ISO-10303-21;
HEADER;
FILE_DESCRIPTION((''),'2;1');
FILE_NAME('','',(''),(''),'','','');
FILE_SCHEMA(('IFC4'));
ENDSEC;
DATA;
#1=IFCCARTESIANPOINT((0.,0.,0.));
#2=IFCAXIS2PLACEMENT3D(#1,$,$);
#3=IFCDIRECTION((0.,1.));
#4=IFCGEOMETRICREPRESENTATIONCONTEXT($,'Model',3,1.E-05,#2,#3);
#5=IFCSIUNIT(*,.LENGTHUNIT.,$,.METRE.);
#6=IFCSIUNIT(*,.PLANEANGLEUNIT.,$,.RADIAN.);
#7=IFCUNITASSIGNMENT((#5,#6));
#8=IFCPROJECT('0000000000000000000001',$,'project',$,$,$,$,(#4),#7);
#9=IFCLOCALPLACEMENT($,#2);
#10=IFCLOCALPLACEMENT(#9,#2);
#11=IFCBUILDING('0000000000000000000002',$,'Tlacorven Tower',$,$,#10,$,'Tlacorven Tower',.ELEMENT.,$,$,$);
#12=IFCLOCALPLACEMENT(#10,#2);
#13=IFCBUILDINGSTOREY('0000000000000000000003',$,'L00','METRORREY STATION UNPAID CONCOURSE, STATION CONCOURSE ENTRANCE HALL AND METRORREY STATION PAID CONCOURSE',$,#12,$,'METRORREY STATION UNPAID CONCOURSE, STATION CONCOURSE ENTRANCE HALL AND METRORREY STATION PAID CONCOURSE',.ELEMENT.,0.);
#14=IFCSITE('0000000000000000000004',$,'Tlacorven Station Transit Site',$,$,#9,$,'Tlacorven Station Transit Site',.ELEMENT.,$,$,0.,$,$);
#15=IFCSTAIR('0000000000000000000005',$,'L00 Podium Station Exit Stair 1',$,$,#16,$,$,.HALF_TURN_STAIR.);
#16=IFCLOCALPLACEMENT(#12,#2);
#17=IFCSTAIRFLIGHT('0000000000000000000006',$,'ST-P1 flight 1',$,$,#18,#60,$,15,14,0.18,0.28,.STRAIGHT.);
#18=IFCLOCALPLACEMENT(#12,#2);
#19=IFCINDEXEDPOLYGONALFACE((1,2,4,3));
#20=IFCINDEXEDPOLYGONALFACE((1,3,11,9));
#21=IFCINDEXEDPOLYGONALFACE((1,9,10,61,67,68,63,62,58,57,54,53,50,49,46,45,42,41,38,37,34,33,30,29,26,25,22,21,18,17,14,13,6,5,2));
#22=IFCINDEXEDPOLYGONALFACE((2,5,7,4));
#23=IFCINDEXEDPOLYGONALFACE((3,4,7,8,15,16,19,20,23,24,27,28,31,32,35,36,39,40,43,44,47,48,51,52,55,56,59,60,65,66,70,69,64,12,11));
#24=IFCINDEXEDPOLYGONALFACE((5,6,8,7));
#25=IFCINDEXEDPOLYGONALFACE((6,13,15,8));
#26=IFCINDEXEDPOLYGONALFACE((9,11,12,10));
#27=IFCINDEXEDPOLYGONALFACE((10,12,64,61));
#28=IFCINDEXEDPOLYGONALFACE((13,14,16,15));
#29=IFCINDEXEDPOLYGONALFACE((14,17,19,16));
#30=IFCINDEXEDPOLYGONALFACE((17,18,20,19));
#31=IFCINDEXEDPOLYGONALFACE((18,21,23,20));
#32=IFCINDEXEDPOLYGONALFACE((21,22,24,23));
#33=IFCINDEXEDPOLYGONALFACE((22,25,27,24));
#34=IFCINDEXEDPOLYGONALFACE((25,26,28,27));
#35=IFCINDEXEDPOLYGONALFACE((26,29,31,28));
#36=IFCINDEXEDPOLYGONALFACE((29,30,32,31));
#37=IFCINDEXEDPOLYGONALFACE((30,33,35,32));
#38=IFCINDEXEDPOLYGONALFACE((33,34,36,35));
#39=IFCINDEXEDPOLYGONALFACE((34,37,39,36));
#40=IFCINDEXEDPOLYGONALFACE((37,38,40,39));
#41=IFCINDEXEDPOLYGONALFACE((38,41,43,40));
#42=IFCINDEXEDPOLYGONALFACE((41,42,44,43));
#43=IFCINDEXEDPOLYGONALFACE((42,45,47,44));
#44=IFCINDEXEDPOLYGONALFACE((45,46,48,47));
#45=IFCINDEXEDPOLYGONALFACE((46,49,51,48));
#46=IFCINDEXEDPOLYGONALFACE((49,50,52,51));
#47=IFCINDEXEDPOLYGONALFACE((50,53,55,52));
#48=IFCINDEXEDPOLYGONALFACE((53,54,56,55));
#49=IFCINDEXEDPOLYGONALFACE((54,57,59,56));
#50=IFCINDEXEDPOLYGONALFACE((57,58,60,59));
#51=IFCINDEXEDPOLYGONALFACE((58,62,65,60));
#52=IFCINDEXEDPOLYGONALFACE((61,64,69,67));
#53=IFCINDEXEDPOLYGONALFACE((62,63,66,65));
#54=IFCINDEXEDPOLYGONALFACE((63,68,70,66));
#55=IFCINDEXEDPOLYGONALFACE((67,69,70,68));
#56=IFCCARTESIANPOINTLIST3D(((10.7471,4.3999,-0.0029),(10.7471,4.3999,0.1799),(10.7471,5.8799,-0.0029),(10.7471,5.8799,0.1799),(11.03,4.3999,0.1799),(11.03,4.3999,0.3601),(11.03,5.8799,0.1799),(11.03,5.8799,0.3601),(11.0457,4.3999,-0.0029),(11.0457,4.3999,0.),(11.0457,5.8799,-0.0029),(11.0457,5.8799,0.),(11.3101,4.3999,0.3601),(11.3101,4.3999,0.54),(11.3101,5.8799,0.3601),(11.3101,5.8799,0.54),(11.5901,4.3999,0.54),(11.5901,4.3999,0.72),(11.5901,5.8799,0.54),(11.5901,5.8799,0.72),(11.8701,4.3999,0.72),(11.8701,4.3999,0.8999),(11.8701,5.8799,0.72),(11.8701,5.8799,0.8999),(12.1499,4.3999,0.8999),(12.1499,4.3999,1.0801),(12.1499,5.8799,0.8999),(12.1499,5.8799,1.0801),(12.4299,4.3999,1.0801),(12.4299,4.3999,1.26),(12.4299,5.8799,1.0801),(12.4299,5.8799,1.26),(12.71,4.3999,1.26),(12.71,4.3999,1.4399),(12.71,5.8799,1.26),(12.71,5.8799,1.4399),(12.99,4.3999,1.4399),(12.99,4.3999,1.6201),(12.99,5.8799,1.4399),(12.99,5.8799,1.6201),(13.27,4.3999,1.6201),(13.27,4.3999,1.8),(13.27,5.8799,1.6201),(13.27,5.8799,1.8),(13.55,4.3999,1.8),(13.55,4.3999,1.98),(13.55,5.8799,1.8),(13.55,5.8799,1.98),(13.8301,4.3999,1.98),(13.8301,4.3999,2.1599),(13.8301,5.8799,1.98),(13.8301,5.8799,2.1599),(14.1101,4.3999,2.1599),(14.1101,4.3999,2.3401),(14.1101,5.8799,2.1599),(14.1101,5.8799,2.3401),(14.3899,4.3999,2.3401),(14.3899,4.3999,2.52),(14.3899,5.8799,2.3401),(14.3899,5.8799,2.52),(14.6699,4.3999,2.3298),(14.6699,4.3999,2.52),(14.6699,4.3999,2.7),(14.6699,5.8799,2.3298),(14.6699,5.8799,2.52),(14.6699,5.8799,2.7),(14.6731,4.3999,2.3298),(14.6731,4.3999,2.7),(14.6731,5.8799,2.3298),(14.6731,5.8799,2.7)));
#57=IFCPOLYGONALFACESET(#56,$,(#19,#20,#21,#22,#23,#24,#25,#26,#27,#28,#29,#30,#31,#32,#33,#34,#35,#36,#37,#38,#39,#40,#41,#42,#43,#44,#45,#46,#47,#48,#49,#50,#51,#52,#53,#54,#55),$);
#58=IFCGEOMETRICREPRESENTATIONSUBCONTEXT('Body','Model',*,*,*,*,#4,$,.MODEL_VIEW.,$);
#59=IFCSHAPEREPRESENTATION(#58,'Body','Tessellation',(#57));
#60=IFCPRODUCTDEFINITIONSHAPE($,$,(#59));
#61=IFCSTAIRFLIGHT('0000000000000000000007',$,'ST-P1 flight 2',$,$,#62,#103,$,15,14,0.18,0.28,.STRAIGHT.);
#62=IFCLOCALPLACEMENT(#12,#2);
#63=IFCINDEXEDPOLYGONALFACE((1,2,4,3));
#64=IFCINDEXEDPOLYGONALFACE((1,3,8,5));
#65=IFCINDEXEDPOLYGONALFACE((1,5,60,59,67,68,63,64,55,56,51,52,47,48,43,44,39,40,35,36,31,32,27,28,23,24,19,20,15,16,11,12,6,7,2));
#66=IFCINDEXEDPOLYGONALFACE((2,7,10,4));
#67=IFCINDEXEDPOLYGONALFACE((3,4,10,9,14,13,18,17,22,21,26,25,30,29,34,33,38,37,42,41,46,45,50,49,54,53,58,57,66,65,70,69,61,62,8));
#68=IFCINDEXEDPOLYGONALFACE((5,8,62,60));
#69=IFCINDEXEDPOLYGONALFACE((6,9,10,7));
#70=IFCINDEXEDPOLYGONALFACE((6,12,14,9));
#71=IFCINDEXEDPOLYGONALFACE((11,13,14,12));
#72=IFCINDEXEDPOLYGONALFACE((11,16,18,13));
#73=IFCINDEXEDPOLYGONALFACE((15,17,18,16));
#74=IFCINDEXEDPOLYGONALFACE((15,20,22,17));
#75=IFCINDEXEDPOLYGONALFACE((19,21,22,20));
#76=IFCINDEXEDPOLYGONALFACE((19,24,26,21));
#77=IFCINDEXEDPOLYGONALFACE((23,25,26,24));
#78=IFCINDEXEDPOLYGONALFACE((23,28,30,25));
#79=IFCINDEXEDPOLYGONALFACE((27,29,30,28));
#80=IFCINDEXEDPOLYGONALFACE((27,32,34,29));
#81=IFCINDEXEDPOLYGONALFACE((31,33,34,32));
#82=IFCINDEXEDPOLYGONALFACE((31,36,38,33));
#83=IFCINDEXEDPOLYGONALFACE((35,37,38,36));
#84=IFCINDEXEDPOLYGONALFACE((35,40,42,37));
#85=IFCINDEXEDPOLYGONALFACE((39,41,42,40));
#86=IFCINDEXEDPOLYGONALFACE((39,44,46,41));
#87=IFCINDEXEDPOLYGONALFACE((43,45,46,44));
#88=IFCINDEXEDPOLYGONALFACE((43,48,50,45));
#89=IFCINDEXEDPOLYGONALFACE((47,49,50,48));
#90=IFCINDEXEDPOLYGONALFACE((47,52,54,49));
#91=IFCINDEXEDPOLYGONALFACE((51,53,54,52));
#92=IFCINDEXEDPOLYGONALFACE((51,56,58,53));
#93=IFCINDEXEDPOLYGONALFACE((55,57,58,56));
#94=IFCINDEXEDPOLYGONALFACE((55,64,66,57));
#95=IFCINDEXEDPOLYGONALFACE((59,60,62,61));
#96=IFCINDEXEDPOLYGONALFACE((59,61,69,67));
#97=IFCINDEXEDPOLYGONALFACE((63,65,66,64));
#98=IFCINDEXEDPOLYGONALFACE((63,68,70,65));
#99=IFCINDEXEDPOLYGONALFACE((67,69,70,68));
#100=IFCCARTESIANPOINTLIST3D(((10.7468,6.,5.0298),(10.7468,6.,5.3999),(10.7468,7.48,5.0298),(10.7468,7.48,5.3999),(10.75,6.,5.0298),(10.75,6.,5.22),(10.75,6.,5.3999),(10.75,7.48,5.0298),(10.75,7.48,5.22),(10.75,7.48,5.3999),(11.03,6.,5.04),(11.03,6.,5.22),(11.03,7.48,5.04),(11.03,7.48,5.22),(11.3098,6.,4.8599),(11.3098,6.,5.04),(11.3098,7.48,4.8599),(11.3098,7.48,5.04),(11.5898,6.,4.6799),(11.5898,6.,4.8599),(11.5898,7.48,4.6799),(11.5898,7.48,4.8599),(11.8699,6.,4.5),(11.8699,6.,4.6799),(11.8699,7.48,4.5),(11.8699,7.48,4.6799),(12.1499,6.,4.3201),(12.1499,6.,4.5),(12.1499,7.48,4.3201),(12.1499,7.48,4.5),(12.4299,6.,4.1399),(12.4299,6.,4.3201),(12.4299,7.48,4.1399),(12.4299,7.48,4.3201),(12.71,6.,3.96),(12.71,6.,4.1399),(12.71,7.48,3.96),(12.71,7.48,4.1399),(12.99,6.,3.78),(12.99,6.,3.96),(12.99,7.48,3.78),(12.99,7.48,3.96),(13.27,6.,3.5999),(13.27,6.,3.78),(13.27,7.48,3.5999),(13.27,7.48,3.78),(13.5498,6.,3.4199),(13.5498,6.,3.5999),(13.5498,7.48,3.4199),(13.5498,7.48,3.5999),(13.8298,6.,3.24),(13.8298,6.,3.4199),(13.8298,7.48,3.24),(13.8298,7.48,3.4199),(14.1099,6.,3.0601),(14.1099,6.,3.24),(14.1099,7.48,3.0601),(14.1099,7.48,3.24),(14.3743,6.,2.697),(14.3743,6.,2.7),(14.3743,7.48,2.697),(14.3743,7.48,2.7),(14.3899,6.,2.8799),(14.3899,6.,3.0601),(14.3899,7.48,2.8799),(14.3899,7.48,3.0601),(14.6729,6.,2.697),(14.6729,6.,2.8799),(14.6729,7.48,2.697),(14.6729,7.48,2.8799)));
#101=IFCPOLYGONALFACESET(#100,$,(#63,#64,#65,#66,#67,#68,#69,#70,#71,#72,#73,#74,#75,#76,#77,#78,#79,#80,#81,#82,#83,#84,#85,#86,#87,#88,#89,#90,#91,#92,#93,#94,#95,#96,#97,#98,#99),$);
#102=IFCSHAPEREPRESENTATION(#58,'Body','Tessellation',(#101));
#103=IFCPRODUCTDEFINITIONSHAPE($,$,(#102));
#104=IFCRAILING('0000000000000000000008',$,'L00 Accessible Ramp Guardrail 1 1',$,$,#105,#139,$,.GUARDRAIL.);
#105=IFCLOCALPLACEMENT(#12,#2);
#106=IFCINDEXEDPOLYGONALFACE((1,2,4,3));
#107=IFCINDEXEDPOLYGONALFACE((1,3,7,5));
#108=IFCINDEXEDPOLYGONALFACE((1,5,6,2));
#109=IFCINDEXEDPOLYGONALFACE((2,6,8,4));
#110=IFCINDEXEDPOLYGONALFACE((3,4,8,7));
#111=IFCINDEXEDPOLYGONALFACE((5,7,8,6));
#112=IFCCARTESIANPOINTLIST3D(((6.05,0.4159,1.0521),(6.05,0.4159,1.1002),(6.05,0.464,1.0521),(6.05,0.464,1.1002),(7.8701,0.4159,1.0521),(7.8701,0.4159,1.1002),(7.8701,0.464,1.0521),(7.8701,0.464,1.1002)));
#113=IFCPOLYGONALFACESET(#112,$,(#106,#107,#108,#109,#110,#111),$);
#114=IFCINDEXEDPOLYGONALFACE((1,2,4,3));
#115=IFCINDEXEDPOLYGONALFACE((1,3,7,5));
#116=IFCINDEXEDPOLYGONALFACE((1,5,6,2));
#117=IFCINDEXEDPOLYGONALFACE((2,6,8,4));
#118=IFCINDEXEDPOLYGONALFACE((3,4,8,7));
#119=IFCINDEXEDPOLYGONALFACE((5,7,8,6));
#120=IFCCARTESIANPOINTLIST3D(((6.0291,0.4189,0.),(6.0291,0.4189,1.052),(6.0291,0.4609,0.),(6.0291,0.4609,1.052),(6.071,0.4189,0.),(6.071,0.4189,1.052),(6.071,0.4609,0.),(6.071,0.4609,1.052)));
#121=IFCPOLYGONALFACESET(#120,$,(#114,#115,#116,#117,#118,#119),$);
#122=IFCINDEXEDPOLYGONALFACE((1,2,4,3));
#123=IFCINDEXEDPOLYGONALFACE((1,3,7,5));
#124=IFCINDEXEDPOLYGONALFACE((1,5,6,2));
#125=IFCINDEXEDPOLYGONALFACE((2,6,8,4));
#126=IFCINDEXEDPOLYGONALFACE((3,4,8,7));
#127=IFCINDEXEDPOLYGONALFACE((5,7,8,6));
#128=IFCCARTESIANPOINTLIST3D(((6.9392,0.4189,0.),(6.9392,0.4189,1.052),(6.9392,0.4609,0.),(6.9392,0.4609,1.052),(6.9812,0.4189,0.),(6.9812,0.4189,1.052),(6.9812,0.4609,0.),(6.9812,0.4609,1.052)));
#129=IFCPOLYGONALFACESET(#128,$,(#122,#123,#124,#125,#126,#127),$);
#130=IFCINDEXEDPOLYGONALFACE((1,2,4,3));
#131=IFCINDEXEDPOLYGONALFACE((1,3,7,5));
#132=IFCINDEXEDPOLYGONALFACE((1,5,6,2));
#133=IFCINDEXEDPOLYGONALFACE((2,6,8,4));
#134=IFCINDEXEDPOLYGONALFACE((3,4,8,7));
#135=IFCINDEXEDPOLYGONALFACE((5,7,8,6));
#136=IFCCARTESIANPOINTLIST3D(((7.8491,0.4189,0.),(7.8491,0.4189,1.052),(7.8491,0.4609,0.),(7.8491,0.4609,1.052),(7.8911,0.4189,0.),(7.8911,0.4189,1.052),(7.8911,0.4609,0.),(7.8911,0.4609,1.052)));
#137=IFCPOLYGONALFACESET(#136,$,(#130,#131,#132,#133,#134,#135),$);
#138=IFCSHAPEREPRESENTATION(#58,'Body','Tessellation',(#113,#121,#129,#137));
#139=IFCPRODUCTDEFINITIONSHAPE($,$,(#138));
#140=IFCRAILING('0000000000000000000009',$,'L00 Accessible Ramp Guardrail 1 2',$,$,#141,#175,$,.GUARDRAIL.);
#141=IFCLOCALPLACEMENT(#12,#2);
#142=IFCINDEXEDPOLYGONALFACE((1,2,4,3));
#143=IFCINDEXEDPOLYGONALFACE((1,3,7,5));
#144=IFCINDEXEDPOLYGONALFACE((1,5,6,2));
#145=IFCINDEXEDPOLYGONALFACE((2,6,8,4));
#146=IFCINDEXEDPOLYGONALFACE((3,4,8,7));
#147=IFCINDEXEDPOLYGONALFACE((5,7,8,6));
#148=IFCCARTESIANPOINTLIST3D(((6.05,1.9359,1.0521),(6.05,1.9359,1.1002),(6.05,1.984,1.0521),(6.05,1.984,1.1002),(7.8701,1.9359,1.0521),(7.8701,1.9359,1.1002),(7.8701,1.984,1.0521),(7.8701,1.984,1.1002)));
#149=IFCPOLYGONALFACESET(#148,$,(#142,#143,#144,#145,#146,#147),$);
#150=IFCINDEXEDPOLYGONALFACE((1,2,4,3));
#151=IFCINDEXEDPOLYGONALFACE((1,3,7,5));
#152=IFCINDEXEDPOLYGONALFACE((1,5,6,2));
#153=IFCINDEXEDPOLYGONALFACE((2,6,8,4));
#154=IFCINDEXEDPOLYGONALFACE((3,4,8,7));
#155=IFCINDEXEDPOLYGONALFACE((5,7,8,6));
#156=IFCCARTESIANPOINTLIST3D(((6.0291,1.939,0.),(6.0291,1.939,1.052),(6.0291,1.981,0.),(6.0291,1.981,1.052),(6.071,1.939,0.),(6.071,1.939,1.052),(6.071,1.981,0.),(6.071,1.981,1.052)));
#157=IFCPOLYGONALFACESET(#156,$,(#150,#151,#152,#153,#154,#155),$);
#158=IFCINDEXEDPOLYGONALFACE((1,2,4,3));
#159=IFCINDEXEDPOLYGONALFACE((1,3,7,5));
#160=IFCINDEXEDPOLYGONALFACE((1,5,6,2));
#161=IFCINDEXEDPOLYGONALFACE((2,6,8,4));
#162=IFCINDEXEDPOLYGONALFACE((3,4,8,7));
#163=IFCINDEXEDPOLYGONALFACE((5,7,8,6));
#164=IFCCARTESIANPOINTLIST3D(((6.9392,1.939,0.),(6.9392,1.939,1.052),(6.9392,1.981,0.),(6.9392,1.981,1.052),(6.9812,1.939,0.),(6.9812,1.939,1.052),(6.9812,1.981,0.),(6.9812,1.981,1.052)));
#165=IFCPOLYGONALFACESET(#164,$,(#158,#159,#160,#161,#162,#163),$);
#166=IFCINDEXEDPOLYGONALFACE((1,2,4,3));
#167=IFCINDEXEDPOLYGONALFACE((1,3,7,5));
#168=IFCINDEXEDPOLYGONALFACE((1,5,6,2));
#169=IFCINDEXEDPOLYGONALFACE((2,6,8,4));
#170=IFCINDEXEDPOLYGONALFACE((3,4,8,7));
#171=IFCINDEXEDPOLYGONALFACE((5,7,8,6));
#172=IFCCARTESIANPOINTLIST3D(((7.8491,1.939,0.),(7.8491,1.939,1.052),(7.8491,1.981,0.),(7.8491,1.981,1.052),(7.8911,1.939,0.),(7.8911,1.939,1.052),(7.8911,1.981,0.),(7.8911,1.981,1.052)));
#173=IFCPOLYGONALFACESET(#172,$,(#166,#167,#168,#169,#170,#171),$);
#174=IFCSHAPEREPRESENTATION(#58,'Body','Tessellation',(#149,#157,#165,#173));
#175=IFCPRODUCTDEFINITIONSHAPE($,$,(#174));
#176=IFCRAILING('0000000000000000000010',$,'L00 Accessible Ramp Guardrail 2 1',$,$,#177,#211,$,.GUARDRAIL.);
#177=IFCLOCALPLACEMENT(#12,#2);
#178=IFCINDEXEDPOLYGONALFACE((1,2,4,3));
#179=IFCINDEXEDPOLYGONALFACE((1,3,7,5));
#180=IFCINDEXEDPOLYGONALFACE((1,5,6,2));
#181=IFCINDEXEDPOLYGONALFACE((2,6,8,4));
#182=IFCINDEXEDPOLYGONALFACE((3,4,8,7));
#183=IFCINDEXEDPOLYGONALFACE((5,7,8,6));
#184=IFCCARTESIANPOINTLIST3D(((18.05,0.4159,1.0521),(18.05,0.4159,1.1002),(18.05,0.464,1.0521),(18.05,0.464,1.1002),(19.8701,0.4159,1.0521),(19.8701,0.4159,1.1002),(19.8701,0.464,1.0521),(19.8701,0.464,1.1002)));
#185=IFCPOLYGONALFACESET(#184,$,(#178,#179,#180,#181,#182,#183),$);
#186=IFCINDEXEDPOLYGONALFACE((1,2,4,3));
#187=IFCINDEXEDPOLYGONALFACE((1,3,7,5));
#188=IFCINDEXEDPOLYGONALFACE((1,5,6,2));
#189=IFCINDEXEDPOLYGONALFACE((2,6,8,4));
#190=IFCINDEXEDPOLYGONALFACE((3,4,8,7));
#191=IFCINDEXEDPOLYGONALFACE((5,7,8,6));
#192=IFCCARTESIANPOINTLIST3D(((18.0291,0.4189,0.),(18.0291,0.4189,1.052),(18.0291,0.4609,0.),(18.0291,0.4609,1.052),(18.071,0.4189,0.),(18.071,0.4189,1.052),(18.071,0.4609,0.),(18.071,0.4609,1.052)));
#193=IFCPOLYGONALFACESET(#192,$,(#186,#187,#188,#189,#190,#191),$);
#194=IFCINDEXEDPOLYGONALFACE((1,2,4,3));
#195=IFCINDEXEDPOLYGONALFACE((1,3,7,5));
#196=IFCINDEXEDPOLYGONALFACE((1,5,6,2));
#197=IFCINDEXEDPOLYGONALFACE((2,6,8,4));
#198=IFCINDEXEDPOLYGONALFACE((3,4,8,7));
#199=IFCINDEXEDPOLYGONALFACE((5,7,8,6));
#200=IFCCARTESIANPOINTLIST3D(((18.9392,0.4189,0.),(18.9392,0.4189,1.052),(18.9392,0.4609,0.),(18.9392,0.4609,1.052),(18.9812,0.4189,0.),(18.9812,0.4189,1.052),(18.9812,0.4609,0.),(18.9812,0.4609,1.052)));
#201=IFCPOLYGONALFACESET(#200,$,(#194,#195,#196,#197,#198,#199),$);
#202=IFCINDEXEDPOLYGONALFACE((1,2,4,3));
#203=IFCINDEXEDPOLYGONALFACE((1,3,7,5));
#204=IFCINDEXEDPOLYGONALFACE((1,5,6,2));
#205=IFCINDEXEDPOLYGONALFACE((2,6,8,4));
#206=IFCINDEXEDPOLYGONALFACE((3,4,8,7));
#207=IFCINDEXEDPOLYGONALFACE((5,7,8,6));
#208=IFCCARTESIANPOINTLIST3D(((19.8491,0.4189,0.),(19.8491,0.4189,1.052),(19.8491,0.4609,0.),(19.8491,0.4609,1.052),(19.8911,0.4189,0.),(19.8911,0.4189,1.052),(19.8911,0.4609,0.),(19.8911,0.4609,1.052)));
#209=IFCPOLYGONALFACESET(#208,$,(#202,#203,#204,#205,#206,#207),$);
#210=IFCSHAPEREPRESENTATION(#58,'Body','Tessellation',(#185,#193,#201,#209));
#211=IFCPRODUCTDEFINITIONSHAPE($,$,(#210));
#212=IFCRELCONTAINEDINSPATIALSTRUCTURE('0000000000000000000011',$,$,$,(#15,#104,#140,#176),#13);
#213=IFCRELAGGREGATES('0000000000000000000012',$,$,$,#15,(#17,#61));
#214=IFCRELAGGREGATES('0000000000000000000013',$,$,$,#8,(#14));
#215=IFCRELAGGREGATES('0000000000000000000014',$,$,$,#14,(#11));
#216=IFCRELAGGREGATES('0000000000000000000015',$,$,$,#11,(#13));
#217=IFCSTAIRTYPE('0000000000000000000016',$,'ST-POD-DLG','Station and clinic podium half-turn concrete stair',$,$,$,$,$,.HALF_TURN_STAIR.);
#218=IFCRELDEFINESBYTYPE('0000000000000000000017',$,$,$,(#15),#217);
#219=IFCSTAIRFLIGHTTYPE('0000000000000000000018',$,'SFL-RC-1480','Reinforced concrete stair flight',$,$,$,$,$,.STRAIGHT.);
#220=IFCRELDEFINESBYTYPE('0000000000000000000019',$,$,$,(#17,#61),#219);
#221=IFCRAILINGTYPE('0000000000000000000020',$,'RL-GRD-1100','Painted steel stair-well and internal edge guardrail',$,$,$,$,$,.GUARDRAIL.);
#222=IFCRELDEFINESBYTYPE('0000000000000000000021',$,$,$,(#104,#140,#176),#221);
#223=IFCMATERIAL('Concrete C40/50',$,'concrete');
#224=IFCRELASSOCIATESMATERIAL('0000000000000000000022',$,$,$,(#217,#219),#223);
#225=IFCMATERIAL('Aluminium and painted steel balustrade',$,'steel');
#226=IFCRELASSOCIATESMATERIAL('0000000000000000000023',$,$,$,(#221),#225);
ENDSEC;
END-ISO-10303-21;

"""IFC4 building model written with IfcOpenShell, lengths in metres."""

from ifc_helpers import new_model, si_unit, direction, frame, origin, origin_2d, place, context, subcontext, project, spatial, polyline, rectangle, outline, extrude, source, transform, mapped, material, type_object, element, aggregate, save


model = new_model("IFC4")

# Units and contexts
model_context = context("Model", 3, precision=1e-05, world=origin(), true_north=direction((0.0, 1.0)))
body_context = subcontext(model_context, "Body", "Model", "MODEL_VIEW")
ifc_project = project(units=[si_unit("LENGTHUNIT", "METRE"), si_unit("PLANEANGLEUNIT", "RADIAN")], contexts=[model_context])

# Site, building, storey
site_placement = place(None, origin())
site = spatial("IfcSite", under=ifc_project, at=site_placement, Name="Tlacorven Station Transit Site", LongName="Tlacorven Station Transit Site", CompositionType="ELEMENT", RefElevation=0.0)
building_placement = place(site_placement, origin())
building = spatial("IfcBuilding", under=site, at=building_placement, Name="Tlacorven Tower", LongName="Tlacorven Tower", CompositionType="ELEMENT")
storey_placement = place(building_placement, origin())
storey = spatial("IfcBuildingStorey", under=building, at=storey_placement, Name="L00", Description="METRORREY STATION UNPAID CONCOURSE, STATION CONCOURSE ENTRANCE HALL AND METRORREY STATION PAID CONCOURSE", LongName="METRORREY STATION UNPAID CONCOURSE, STATION CONCOURSE ENTRANCE HALL AND METRORREY STATION PAID CONCOURSE", CompositionType="ELEMENT", Elevation=0.0)

# Shared definitions
ifc_material_1 = material(Name="Concrete C40/50", Category="concrete")

# Stair, stair flights
stair_type = type_object("IfcStairType", Name="ST-POD-DLG", Description="Station and clinic podium half-turn concrete stair", PredefinedType="HALF_TURN_STAIR", material=ifc_material_1)
stair_placement = place(storey_placement, origin())
stair = element("IfcStair", 1, at=stair_placement, inside=storey, type_object=stair_type, Name="L00 Podium Station Exit Stair 1", PredefinedType="HALF_TURN_STAIR")
stair_flight_type = type_object("IfcStairFlightType", Name="SFL-RC-1480", Description="Reinforced concrete stair flight", PredefinedType="STRAIGHT", material=ifc_material_1)
shared_shape_1 = source(origin(), body_context, "Body", "SweptSolid", [
    extrude(outline(polyline([(-0.0029, -0.0029), (-0.0029, 0.1799), (0.28, 0.1799), (0.28, 0.3601), (0.5601, 0.3601), (0.5601, 0.54), (0.8401, 0.54), (0.8401, 0.72), (1.1201, 0.72), (1.1201, 0.8999), (1.3999, 0.8999), (1.3999, 1.0801), (1.6799, 1.0801), (1.6799, 1.26), (1.96, 1.26), (1.96, 1.4399), (2.24, 1.4399), (2.24, 1.6201), (2.52, 1.6201), (2.52, 1.8), (2.8, 1.8), (2.8, 1.98), (3.0801, 1.98), (3.0801, 2.1599), (3.3601, 2.1599), (3.3601, 2.3401), (3.6399, 2.3401), (3.6399, 2.52), (3.9199, 2.52), (3.9199, 2.7), (3.9231, 2.7), (3.9231, 2.3298), (3.9199, 2.3298), (0.2957, 0.0), (0.2957, -0.0029), (-0.0029, -0.0029)])), frame((0.0, 0.74, 0.0), z_axis=(0.0, -1.0, 0.0), x_axis=(1.0, 0.0, 0.0)), (0.0, 0.0, 1.0), 1.48),
])
stair_flight_1_placement = place(storey_placement, frame((10.75, 5.1399, 0.0), z_axis=(0.0, 0.0, 1.0), x_axis=(1.0, 0.0, 0.0)))
stair_flight_1 = element("IfcStairFlight", 2, at=stair_flight_1_placement, type_object=stair_flight_type, Name="ST-P1 flight 1", NumberOfRisers=15, NumberOfTreads=14, PredefinedType="STRAIGHT", RiserHeight=0.18, TreadLength=0.28, context=body_context, shape_type="MappedRepresentation", body=[
    mapped(shared_shape_1, transform((0.0, 0.0, 0.0), scale=1.0)),
])
stair_flight_2_placement = place(storey_placement, frame((14.6699, 6.74, 2.7), z_axis=(0.0, 0.0, 1.0), x_axis=(-1.0, 0.0, 0.0)))
stair_flight_2 = element("IfcStairFlight", 3, at=stair_flight_2_placement, type_object=stair_flight_type, Name="ST-P1 flight 2", NumberOfRisers=15, NumberOfTreads=14, PredefinedType="STRAIGHT", RiserHeight=0.18, TreadLength=0.28, context=body_context, shape_type="MappedRepresentation", body=[
    mapped(shared_shape_1, transform((0.0, 0.0, 0.0), scale=1.0)),
])
aggregate(stair, [stair_flight_1, stair_flight_2])

# Railings
ifc_material_2 = material(Name="Aluminium and painted steel balustrade", Category="steel")
railing_type_1 = type_object("IfcRailingType", Name="RL-GRD-1100", Description="Painted steel stair-well and internal edge guardrail", PredefinedType="GUARDRAIL", material=ifc_material_2)
shared_shape_2 = source(origin(), body_context, "Body", "SweptSolid", [
    extrude(rectangle(XDim=0.0481, YDim=0.0481, at=origin_2d()), frame((0.0, 0.0, 1.0762), z_axis=(1.0, 0.0, 0.0), x_axis=(0.0, 1.0, 0.0)), (0.0, 0.0, 1.0), 1.8201),
    extrude(rectangle(XDim=0.042, YDim=0.042, at=origin_2d()), origin(), (0.0, 0.0, 1.0), 1.052),
    extrude(rectangle(XDim=0.042, YDim=0.042, at=origin_2d()), frame((0.9102, 0.0, 0.0)), (0.0, 0.0, 1.0), 1.052),
    extrude(rectangle(XDim=0.042, YDim=0.042, at=origin_2d()), frame((1.8201, 0.0, 0.0)), (0.0, 0.0, 1.0), 1.052),
])
for number, where, name in (
    (4, (6.05, 0.4399, 0.0), "L00 Accessible Ramp Guardrail 1 1"),
    (5, (6.05, 1.96, 0.0), "L00 Accessible Ramp Guardrail 1 2"),
    (6, (18.05, 0.4399, 0.0), "L00 Accessible Ramp Guardrail 2 1"),
):
    element("IfcRailing", number, at=place(storey_placement, frame(where)), inside=storey, type_object=railing_type_1, Name=name, PredefinedType="GUARDRAIL", context=body_context, shape_type="MappedRepresentation", body=[
        mapped(shared_shape_2, transform((0.0, 0.0, 0.0), scale=1.0)),
    ])

save(model, "model.ifc")
